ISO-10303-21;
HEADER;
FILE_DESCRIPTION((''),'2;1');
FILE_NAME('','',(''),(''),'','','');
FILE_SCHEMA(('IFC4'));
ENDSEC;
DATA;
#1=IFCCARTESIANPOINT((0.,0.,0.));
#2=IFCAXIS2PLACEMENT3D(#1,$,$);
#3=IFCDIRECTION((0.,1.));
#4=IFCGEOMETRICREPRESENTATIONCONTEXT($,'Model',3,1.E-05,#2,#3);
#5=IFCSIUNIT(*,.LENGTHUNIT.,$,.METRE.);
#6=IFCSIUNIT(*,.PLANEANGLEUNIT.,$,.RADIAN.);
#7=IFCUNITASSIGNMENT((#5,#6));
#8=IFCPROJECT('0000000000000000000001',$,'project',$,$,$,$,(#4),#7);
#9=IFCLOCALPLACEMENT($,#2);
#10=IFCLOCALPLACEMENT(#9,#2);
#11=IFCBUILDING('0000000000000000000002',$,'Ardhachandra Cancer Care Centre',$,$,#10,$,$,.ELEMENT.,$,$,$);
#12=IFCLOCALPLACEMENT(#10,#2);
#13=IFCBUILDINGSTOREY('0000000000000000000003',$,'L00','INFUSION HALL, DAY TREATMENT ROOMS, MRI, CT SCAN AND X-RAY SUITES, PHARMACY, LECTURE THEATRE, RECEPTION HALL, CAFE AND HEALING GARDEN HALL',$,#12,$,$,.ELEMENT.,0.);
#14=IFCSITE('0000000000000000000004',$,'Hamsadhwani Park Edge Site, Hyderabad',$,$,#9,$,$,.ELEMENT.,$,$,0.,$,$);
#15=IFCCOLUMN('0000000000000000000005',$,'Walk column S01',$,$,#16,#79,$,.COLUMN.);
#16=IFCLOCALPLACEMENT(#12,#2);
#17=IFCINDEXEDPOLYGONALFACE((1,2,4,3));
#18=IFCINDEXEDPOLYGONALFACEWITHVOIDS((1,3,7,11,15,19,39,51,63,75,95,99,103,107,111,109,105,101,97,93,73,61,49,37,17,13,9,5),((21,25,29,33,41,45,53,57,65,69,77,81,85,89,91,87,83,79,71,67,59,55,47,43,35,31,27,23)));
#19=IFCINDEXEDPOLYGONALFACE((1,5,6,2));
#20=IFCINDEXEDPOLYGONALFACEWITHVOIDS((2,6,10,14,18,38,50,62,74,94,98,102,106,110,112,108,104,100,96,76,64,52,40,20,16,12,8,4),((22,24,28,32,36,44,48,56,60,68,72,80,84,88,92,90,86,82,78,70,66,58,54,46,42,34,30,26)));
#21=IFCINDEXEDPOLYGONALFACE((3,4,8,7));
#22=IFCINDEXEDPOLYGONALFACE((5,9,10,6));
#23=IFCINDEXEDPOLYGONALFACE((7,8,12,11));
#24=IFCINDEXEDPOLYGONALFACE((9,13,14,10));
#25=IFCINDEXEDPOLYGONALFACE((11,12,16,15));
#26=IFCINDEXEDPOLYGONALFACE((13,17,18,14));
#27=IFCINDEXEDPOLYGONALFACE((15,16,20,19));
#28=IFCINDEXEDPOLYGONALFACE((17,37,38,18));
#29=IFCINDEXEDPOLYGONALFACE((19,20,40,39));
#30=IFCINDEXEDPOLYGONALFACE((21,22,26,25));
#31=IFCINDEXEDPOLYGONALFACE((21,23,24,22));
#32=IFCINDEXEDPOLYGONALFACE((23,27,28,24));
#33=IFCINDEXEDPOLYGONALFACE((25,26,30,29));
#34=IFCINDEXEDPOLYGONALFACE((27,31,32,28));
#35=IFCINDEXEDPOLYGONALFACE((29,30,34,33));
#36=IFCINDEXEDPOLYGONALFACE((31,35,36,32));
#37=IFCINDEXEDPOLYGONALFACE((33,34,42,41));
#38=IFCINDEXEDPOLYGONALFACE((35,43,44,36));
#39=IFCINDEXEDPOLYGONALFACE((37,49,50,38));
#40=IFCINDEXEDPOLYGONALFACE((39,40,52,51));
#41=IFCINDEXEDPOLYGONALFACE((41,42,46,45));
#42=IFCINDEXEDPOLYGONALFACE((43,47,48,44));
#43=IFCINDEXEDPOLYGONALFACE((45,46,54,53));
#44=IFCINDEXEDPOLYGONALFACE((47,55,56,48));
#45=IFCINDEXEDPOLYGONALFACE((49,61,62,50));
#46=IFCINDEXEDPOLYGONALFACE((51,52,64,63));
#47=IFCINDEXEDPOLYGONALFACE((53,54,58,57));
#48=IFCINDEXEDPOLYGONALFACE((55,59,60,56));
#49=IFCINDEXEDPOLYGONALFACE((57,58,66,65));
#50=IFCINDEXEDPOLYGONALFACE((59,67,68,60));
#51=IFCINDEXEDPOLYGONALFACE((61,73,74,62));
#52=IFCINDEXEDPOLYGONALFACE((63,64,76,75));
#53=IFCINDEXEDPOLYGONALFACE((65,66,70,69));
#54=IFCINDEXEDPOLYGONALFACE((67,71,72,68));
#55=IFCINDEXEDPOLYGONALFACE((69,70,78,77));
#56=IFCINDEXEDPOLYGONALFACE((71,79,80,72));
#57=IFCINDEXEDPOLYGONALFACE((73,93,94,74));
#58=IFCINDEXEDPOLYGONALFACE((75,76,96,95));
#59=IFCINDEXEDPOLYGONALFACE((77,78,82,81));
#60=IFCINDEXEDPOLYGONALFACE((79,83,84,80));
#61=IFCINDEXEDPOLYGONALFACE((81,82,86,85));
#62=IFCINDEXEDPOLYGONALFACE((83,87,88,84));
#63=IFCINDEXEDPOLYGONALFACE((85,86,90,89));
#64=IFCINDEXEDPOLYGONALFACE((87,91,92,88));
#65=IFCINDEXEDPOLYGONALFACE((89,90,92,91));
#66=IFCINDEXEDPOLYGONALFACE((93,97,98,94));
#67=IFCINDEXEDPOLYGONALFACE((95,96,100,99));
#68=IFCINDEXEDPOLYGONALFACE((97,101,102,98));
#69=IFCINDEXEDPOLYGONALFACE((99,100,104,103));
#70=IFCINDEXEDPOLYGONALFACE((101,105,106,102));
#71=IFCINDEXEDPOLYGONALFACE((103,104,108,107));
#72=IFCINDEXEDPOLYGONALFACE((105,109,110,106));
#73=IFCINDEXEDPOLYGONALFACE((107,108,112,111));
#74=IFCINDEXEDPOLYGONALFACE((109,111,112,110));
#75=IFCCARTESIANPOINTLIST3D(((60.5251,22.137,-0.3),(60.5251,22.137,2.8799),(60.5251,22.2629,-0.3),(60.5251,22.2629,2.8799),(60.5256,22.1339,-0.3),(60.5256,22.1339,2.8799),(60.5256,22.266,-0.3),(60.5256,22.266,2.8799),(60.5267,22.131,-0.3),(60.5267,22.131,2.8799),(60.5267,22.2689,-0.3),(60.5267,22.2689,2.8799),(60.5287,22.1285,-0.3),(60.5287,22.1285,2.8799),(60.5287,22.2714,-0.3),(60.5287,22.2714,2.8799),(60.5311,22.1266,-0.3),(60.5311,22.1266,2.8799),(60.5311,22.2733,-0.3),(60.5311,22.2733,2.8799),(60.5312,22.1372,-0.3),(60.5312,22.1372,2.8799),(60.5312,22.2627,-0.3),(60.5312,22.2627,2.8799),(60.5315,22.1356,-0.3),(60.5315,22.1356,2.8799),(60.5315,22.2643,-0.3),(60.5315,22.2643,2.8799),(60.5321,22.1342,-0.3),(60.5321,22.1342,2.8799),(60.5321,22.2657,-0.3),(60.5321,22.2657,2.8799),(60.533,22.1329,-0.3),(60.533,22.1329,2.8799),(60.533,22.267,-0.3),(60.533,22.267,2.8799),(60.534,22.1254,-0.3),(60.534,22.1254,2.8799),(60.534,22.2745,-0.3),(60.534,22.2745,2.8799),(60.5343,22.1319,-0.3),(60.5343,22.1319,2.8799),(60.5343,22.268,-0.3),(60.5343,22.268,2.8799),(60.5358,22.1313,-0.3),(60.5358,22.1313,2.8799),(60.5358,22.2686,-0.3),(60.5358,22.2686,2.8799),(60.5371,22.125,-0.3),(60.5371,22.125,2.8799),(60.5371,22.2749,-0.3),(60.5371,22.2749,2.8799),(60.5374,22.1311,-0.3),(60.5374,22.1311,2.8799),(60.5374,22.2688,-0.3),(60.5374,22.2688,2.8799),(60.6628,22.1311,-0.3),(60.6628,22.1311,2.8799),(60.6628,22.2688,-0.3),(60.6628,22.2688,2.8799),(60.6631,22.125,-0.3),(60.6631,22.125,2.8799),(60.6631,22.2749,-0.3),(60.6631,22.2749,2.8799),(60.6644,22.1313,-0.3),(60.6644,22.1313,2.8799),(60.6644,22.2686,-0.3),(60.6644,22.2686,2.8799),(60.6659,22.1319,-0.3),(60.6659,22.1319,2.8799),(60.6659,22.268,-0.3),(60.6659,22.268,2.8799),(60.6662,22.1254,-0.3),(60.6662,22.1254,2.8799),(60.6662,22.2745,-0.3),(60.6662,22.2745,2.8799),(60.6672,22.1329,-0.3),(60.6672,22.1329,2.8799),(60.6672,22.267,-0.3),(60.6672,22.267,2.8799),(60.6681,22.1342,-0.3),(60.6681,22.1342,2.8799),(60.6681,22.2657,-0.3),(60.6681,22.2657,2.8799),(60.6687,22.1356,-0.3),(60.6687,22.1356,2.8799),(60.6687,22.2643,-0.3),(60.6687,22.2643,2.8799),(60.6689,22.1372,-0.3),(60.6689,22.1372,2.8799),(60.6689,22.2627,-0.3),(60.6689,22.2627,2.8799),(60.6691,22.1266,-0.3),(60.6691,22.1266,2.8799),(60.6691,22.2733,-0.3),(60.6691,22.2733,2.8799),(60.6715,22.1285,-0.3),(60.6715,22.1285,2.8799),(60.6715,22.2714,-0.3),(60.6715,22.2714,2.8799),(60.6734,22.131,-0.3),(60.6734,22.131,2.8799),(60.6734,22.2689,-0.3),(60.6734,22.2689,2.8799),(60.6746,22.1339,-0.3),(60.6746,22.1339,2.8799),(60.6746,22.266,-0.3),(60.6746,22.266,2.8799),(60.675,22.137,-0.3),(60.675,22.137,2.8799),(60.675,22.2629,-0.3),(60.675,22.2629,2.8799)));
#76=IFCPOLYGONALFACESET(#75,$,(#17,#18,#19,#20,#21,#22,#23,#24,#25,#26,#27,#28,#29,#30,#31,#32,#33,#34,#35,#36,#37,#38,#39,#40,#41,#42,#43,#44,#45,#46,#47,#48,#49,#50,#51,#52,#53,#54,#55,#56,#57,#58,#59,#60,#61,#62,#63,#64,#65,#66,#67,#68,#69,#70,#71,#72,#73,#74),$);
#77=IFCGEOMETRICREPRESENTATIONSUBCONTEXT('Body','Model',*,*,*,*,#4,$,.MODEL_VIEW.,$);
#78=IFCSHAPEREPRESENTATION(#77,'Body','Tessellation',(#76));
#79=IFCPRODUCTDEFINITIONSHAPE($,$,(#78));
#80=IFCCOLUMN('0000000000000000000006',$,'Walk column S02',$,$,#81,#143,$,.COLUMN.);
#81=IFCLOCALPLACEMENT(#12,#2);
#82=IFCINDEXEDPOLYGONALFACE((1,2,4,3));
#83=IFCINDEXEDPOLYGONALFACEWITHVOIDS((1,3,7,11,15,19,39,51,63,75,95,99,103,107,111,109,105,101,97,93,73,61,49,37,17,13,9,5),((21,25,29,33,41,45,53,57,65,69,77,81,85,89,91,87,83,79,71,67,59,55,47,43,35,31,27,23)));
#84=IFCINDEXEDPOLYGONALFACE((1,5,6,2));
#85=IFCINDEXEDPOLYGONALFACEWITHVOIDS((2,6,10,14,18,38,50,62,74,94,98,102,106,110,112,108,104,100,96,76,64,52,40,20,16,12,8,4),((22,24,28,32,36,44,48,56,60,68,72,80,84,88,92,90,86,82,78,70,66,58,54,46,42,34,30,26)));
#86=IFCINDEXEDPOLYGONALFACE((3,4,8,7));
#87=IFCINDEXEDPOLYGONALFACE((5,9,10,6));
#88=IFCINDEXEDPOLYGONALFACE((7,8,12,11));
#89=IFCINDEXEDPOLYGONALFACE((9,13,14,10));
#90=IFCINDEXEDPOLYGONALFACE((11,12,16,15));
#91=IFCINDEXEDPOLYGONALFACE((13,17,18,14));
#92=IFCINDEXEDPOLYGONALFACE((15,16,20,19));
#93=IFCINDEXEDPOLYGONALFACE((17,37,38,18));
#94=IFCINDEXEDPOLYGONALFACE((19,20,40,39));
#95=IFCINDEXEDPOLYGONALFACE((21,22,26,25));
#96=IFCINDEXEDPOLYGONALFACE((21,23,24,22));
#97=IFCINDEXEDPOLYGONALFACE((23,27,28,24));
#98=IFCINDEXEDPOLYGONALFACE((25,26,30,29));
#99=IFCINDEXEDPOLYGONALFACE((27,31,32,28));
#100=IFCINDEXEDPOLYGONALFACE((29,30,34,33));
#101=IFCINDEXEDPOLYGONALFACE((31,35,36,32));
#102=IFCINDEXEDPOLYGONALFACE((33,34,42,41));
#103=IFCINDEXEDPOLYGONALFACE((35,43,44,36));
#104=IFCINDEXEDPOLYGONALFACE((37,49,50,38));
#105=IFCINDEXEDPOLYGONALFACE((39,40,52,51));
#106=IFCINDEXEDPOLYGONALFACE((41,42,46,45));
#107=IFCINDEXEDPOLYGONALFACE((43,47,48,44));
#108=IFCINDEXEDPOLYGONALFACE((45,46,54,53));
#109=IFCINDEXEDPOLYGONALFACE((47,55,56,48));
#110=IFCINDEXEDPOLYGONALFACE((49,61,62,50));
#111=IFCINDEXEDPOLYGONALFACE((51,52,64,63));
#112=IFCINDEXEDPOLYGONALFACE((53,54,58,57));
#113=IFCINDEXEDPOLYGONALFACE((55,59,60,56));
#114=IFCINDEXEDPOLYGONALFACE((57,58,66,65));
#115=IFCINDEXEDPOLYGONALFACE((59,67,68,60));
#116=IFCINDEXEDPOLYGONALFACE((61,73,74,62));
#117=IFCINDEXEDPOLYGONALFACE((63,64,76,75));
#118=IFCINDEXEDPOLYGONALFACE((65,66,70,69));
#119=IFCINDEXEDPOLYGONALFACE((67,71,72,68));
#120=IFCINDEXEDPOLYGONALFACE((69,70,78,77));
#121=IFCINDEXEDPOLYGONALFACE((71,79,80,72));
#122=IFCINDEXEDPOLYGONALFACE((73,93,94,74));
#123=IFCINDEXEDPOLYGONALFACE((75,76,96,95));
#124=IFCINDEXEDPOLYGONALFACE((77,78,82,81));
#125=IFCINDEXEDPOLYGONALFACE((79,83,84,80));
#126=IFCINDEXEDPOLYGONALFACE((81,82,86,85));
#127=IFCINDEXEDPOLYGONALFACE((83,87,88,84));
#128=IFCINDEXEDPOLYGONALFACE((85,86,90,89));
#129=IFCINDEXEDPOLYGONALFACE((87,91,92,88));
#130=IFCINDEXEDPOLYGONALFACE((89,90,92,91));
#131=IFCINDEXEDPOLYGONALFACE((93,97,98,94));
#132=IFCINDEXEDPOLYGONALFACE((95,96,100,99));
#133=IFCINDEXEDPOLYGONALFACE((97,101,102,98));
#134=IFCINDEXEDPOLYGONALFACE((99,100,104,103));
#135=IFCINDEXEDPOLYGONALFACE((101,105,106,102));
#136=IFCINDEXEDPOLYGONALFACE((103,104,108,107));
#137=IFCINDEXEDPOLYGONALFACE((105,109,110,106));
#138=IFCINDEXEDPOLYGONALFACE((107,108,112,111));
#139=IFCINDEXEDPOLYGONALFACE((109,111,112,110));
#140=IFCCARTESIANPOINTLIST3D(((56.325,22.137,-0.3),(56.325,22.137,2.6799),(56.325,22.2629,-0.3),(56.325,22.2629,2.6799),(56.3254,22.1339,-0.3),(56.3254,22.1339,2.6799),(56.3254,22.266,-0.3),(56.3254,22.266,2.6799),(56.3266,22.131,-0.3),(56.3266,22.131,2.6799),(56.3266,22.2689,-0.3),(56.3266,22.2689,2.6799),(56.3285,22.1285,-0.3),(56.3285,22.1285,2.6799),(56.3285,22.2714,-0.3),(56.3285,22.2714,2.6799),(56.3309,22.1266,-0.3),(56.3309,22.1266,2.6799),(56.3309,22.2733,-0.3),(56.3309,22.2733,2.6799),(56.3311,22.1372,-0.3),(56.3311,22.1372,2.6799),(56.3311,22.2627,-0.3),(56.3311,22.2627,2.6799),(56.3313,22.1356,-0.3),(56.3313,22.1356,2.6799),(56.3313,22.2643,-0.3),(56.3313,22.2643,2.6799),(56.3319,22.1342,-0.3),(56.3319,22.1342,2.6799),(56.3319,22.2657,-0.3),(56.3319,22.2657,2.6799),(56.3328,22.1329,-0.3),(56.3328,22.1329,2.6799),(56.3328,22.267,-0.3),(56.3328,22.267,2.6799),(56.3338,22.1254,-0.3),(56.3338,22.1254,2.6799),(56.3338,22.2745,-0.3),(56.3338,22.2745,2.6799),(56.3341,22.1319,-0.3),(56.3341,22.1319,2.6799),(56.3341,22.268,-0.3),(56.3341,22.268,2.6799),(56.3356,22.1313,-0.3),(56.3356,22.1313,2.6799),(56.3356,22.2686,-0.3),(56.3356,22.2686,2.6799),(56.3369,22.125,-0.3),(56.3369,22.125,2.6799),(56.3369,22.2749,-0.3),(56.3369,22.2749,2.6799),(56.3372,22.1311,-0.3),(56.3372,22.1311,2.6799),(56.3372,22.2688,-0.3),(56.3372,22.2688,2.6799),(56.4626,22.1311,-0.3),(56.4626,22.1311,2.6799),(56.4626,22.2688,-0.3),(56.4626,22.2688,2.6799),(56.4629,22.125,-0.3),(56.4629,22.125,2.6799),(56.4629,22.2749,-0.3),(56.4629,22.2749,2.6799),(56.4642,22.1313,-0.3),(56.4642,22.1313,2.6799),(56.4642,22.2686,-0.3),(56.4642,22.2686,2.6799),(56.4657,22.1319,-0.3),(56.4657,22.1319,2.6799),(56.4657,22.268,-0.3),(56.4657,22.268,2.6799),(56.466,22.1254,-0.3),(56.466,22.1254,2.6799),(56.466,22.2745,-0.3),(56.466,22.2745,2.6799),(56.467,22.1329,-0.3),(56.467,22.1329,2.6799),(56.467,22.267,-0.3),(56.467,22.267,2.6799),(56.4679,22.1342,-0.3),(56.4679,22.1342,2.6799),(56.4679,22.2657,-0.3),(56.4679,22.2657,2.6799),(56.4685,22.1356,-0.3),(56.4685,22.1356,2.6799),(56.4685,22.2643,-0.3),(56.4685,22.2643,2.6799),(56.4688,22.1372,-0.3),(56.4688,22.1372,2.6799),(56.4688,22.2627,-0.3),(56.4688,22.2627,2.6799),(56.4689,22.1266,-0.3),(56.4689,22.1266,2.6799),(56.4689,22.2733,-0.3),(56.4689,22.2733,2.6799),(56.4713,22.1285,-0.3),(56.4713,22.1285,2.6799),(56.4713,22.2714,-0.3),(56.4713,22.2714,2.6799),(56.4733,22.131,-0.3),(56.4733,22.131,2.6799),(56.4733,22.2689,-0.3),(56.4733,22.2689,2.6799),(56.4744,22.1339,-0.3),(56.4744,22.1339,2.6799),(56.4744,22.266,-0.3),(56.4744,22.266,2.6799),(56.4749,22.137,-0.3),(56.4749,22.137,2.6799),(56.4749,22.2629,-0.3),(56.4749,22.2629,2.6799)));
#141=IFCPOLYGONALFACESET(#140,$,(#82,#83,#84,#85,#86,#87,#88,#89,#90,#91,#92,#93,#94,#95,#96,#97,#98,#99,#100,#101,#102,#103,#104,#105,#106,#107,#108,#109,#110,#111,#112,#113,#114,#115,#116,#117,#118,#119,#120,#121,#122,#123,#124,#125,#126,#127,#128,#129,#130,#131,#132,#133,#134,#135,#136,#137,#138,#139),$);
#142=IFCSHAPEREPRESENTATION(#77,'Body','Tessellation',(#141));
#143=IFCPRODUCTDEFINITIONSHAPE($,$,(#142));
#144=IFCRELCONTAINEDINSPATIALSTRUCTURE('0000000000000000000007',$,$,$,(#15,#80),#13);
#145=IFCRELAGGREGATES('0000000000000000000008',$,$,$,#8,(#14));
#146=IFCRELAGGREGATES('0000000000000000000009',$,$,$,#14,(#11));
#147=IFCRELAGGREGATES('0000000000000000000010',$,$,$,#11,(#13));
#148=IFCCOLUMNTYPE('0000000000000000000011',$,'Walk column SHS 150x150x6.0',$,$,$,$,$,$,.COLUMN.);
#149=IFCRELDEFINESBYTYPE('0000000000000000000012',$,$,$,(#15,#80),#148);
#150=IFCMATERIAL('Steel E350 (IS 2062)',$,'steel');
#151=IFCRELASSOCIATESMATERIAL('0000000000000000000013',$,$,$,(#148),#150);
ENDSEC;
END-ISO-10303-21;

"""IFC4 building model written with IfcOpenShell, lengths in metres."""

from ifc_helpers import new_model, si_unit, direction, frame, origin, origin_2d, place, context, subcontext, project, spatial, hollow_rectangle, extrude, material, material_profile, profile_set, type_object, element, save


model = new_model("IFC4")

# Units and contexts
model_context = context("Model", 3, precision=1e-05, world=origin(), true_north=direction((0.0, 1.0)))
body_context = subcontext(model_context, "Body", "Model", "MODEL_VIEW")
ifc_project = project(units=[si_unit("LENGTHUNIT", "METRE"), si_unit("PLANEANGLEUNIT", "RADIAN")], contexts=[model_context])

# Site, building, storey
site_placement = place(None, origin())
site = spatial("IfcSite", under=ifc_project, at=site_placement, Name="Hamsadhwani Park Edge Site, Hyderabad", CompositionType="ELEMENT", RefElevation=0.0)
building_placement = place(site_placement, origin())
building = spatial("IfcBuilding", under=site, at=building_placement, Name="Ardhachandra Cancer Care Centre", CompositionType="ELEMENT")
storey_placement = place(building_placement, origin())
storey = spatial("IfcBuildingStorey", under=building, at=storey_placement, Name="L00", Description="INFUSION HALL, DAY TREATMENT ROOMS, MRI, CT SCAN AND X-RAY SUITES, PHARMACY, LECTURE THEATRE, RECEPTION HALL, CAFE AND HEALING GARDEN HALL", CompositionType="ELEMENT", Elevation=0.0)

# Columns
ifc_material_1 = material(Name="Steel E350 (IS 2062)", Category="steel")
ifc_material_profile_1 = material_profile(ifc_material_1, hollow_rectangle(XDim=0.1499, YDim=0.1499, WallThickness=0.0061, InnerFilletRadius=0.0061, OuterFilletRadius=0.012, at=origin_2d()), Name="SHS 150x150x6.0")
ifc_profile_set_1 = profile_set([ifc_material_profile_1], Name="Steel E350 (IS 2062)")
column_type_1 = type_object("IfcColumnType", Name="Walk column SHS 150x150x6.0", PredefinedType="COLUMN", material=ifc_profile_set_1)
column_1_placement = place(storey_placement, frame((60.6001, 22.2, -0.3), z_axis=(0.0, 0.0, 1.0), x_axis=(1.0, 0.0, 0.0)))
element("IfcColumn", 1, at=column_1_placement, inside=storey, type_object=column_type_1, Name="Walk column S01", PredefinedType="COLUMN", context=body_context, shape_type="SweptSolid", body=[
    extrude(hollow_rectangle(XDim=0.1499, YDim=0.1499, WallThickness=0.0061, InnerFilletRadius=0.0061, OuterFilletRadius=0.012, at=origin_2d()), origin(), (0.0, 0.0, 1.0), 3.1799),
])
for number, where, z_axis, x_axis, name in (
    (2, (56.3999, 22.2, -0.3), (0.0, 0.0, 1.0), (1.0, 0.0, 0.0), "Walk column S02"),
):
    element("IfcColumn", number, at=place(storey_placement, frame(where, z_axis=z_axis, x_axis=x_axis)), inside=storey, type_object=column_type_1, Name=name, PredefinedType="COLUMN", context=body_context, shape_type="SweptSolid", body=[
        extrude(hollow_rectangle(XDim=0.1499, YDim=0.1499, WallThickness=0.0061, InnerFilletRadius=0.0061, OuterFilletRadius=0.012, at=origin_2d()), origin(), (0.0, 0.0, 1.0), 2.98),
    ])

save(model, "model.ifc")
